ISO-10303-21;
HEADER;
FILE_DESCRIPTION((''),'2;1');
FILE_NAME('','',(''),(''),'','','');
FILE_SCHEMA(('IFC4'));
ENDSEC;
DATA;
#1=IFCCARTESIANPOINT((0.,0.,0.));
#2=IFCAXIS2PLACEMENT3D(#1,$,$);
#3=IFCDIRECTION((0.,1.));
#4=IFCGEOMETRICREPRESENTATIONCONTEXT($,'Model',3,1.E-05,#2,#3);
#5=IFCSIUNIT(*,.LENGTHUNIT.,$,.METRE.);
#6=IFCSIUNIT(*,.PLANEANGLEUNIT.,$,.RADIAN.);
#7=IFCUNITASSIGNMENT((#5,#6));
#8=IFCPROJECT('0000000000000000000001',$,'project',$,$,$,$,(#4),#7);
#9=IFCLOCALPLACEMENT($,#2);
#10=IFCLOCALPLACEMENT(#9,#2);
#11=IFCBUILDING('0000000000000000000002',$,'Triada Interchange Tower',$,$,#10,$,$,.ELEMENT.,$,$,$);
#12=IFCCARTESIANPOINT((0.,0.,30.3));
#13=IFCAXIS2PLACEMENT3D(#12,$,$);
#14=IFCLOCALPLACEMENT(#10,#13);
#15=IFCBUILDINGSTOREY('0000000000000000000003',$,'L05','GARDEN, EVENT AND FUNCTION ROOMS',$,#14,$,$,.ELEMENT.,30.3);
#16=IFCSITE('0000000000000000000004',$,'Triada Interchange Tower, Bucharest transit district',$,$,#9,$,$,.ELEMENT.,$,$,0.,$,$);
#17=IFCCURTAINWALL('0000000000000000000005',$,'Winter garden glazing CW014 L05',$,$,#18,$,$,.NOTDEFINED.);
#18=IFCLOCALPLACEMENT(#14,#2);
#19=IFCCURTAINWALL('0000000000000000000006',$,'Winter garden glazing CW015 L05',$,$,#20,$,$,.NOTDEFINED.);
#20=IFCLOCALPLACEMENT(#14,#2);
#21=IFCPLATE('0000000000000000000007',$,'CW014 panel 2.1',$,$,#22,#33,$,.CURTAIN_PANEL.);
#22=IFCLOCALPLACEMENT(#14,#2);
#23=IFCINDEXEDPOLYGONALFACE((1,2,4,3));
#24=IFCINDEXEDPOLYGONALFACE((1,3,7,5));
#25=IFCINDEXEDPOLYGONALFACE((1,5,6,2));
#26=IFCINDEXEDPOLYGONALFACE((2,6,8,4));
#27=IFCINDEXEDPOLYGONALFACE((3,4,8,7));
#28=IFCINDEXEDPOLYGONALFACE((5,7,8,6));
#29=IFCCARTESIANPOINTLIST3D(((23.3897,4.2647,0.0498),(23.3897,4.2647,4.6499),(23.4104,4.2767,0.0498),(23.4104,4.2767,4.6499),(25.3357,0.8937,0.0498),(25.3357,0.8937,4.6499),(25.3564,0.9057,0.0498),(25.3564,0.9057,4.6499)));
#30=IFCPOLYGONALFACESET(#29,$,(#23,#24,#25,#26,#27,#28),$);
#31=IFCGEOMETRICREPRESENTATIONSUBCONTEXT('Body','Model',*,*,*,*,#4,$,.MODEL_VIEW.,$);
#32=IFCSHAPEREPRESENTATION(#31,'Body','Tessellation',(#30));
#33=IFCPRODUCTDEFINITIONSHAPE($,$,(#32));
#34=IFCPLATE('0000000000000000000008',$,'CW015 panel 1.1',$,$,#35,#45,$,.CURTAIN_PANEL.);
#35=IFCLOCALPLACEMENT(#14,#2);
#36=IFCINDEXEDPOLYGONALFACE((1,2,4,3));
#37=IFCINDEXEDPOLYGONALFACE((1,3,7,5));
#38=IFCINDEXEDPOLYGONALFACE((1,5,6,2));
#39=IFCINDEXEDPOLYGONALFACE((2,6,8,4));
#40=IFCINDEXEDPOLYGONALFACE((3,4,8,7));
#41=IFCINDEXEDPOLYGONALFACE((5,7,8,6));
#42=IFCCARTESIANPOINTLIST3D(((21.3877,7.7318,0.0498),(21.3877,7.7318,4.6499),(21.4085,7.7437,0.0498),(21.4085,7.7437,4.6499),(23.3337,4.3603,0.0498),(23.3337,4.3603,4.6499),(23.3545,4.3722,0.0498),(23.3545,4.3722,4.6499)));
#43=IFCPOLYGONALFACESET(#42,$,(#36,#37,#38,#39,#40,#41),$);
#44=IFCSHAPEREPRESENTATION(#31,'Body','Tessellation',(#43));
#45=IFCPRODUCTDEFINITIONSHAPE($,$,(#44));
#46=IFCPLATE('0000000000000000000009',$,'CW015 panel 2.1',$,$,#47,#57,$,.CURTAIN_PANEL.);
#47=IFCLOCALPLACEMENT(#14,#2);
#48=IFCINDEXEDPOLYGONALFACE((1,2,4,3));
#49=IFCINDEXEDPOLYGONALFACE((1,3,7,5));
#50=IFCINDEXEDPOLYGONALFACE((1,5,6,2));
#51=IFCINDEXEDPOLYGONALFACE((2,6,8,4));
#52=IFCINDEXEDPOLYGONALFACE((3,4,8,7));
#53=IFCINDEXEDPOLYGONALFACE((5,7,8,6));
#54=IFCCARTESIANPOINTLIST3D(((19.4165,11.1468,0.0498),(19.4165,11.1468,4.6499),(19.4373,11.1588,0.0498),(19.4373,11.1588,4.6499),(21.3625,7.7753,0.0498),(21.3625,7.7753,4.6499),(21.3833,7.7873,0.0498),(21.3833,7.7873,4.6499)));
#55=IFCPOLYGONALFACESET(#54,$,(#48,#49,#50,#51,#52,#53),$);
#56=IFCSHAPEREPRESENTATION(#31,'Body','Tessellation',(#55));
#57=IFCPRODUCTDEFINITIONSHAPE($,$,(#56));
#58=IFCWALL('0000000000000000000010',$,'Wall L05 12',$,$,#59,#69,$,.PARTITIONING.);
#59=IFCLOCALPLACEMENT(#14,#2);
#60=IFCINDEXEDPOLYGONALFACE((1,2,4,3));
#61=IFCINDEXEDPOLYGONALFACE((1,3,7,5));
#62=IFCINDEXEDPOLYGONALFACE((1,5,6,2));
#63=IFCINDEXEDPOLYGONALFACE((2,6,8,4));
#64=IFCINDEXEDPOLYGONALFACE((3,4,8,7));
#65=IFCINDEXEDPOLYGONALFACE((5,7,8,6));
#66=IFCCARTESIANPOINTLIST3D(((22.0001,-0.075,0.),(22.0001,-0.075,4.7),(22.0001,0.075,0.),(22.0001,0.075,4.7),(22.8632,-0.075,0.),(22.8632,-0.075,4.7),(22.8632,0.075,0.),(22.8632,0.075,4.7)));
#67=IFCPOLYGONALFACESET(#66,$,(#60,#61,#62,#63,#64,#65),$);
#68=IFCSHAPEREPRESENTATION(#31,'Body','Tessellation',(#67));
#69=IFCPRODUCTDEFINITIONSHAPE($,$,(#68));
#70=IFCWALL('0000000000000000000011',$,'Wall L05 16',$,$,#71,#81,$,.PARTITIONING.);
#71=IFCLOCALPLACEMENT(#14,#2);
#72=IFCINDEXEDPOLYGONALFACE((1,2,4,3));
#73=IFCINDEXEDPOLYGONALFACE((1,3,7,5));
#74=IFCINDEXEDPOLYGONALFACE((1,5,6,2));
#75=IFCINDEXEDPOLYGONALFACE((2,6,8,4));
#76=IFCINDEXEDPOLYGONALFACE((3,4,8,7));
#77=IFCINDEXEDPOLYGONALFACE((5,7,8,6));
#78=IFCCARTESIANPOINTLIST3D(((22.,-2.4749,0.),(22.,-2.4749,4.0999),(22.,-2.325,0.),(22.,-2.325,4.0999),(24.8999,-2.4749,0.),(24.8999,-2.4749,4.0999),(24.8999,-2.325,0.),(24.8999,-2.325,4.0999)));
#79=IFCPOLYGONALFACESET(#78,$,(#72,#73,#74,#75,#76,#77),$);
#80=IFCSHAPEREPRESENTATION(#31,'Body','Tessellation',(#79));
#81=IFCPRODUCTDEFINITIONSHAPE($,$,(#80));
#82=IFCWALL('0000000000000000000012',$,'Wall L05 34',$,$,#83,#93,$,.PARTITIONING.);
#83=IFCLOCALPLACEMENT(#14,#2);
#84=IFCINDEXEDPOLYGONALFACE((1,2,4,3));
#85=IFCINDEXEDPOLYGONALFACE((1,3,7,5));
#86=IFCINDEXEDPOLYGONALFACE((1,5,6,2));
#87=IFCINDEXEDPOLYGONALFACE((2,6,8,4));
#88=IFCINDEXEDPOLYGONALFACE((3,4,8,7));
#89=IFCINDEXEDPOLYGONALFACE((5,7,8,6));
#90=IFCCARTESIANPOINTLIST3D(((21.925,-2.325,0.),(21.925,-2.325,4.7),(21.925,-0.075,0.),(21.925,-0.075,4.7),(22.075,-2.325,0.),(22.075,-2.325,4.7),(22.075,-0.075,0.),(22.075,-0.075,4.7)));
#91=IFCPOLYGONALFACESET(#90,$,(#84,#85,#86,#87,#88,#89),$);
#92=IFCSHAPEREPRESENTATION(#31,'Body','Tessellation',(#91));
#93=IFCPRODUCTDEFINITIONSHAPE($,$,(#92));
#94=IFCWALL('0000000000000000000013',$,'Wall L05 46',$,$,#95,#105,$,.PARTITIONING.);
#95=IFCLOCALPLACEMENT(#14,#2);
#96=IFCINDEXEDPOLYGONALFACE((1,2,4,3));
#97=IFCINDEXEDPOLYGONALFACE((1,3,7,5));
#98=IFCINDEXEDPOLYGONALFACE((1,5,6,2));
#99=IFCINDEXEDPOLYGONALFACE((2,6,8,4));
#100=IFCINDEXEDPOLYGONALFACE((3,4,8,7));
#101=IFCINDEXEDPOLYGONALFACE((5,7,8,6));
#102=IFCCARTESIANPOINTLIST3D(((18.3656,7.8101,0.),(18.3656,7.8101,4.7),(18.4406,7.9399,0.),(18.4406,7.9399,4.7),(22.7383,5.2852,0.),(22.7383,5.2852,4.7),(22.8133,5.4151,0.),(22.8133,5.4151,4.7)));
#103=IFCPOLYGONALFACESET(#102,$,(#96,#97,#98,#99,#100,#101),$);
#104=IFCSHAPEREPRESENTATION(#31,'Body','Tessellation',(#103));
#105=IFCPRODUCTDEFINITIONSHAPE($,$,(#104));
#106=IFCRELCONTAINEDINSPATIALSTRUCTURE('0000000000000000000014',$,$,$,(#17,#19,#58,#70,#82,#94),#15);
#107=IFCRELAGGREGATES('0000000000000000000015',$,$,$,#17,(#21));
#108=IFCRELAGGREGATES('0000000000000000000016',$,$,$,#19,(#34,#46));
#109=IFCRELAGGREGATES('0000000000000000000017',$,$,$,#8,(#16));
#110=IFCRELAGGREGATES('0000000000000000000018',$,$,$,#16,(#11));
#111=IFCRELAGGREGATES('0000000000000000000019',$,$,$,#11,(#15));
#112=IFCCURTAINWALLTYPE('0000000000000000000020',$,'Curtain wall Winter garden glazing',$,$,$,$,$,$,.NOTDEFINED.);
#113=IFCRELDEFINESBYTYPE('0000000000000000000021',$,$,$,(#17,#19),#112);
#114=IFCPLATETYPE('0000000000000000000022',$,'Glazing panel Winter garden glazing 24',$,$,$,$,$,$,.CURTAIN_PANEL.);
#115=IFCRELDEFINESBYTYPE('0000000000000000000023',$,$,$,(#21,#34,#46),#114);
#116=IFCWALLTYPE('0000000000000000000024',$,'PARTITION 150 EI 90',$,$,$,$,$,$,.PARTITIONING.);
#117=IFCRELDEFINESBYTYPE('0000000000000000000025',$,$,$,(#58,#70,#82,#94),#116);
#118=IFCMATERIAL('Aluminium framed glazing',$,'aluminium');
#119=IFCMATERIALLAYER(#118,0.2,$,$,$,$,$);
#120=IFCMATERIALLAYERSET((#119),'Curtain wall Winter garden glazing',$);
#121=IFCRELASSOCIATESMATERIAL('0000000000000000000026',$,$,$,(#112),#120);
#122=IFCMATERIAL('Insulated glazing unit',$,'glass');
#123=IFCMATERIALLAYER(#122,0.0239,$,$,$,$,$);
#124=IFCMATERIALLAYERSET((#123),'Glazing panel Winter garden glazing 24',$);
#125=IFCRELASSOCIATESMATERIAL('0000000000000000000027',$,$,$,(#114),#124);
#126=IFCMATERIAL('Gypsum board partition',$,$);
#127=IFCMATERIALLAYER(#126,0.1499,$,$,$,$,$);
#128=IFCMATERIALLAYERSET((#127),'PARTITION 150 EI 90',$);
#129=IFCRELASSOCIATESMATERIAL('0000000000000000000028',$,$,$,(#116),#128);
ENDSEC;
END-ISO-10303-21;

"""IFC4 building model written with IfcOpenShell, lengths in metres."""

from ifc_helpers import new_model, si_unit, direction, frame, frame_2d, origin, origin_2d, place, context, subcontext, project, spatial, rectangle, extrude, material, layer, layer_set, type_object, element, aggregate, save


model = new_model("IFC4")

# Units and contexts
model_context = context("Model", 3, precision=1e-05, world=origin(), true_north=direction((0.0, 1.0)))
body_context = subcontext(model_context, "Body", "Model", "MODEL_VIEW")
ifc_project = project(units=[si_unit("LENGTHUNIT", "METRE"), si_unit("PLANEANGLEUNIT", "RADIAN")], contexts=[model_context])

# Site, building, storey
site_placement = place(None, origin())
site = spatial("IfcSite", under=ifc_project, at=site_placement, Name="Triada Interchange Tower, Bucharest transit district", CompositionType="ELEMENT", RefElevation=0.0)
building_placement = place(site_placement, origin())
building = spatial("IfcBuilding", under=site, at=building_placement, Name="Triada Interchange Tower", CompositionType="ELEMENT")
storey_placement = place(building_placement, frame((0.0, 0.0, 30.3)))
storey = spatial("IfcBuildingStorey", under=building, at=storey_placement, Name="L05", Description="GARDEN, EVENT AND FUNCTION ROOMS", CompositionType="ELEMENT", Elevation=30.3)

# Shared definitions
ifc_material_1 = material(Name="Aluminium framed glazing", Category="aluminium")
ifc_layer_1 = layer(ifc_material_1, 0.2)
ifc_layer_set_1 = layer_set([ifc_layer_1], Name="Curtain wall Winter garden glazing")
curtain_wall_type = type_object("IfcCurtainWallType", Name="Curtain wall Winter garden glazing", PredefinedType="NOTDEFINED", material=ifc_layer_set_1)

# Curtain walls
curtain_wall_1_placement = place(storey_placement, origin())
curtain_wall_1 = element("IfcCurtainWall", 1, at=curtain_wall_1_placement, inside=storey, type_object=curtain_wall_type, Name="Winter garden glazing CW014 L05", PredefinedType="NOTDEFINED")
curtain_wall_2_placement = place(storey_placement, origin())
curtain_wall_2 = element("IfcCurtainWall", 2, at=curtain_wall_2_placement, inside=storey, type_object=curtain_wall_type, Name="Winter garden glazing CW015 L05", PredefinedType="NOTDEFINED")

# Plates
ifc_material_2 = material(Name="Insulated glazing unit", Category="glass")
ifc_layer_2 = layer(ifc_material_2, 0.0239)
ifc_layer_set_2 = layer_set([ifc_layer_2], Name="Glazing panel Winter garden glazing 24")
plate_type = type_object("IfcPlateType", Name="Glazing panel Winter garden glazing 24", PredefinedType="CURTAIN_PANEL", material=ifc_layer_set_2)
plate_1_placement = place(storey_placement, frame((24.373, 2.5852, 0.0498), z_axis=(0.0, 0.0, 1.0), x_axis=(-0.499948, 0.866055, 0.0)))
plate_1 = element("IfcPlate", 3, at=plate_1_placement, type_object=plate_type, Name="CW014 panel 2.1", PredefinedType="CURTAIN_PANEL", context=body_context, shape_type="SweptSolid", body=[
    extrude(rectangle(XDim=3.8923, YDim=0.0239, at=origin_2d()), origin(), (0.0, 0.0, 1.0), 4.6001),
])
aggregate(curtain_wall_1, [plate_1])
plate_2_placement = place(storey_placement, frame((22.3711, 6.052, 0.0498), z_axis=(0.0, 0.0, 1.0), x_axis=(-0.499893, 0.866087, 0.0)))
plate_2 = element("IfcPlate", 4, at=plate_2_placement, type_object=plate_type, Name="CW015 panel 1.1", PredefinedType="CURTAIN_PANEL", context=body_context, shape_type="SweptSolid", body=[
    extrude(rectangle(XDim=3.8928, YDim=0.0239, at=origin_2d()), origin(), (0.0, 0.0, 1.0), 4.6001),
])
plate_3_placement = place(storey_placement, frame((20.3999, 9.467, 0.0498), z_axis=(0.0, 0.0, 1.0), x_axis=(-0.499893, 0.866087, 0.0)))
plate_3 = element("IfcPlate", 5, at=plate_3_placement, type_object=plate_type, Name="CW015 panel 2.1", PredefinedType="CURTAIN_PANEL", context=body_context, shape_type="SweptSolid", body=[
    extrude(rectangle(XDim=3.8928, YDim=0.0239, at=origin_2d()), origin(), (0.0, 0.0, 1.0), 4.6001),
])
aggregate(curtain_wall_2, [plate_2, plate_3])

# Walls
ifc_material_3 = material(Name="Gypsum board partition")
ifc_layer_3 = layer(ifc_material_3, 0.1499)
ifc_layer_set_3 = layer_set([ifc_layer_3], Name="PARTITION 150 EI 90")
wall_type = type_object("IfcWallType", Name="PARTITION 150 EI 90", PredefinedType="PARTITIONING", material=ifc_layer_set_3)
wall_1_placement = place(storey_placement, frame((22.0, 0.0, 0.0), z_axis=(0.0, 0.0, 1.0), x_axis=(1.0, 0.0, 0.0)))
element("IfcWall", 6, at=wall_1_placement, inside=storey, type_object=wall_type, Name="Wall L05 12", PredefinedType="PARTITIONING", context=body_context, shape_type="SweptSolid", body=[
    extrude(rectangle(XDim=0.863, YDim=0.1499, at=frame_2d((0.4316, 0.0))), origin(), (0.0, 0.0, 1.0), 4.7),
])
wall_2_placement = place(storey_placement, frame((22.0, -2.3999, 0.0), z_axis=(0.0, 0.0, 1.0), x_axis=(1.0, 0.0, 0.0)))
element("IfcWall", 7, at=wall_2_placement, inside=storey, type_object=wall_type, Name="Wall L05 16", PredefinedType="PARTITIONING", context=body_context, shape_type="SweptSolid", body=[
    extrude(rectangle(XDim=2.8999, YDim=0.1499, at=frame_2d((1.45, 0.0))), origin(), (0.0, 0.0, 1.0), 4.0999),
])
wall_3_placement = place(storey_placement, frame((22.0, -2.325, 0.0), z_axis=(0.0, 0.0, 1.0), x_axis=(0.0, 1.0, 0.0)))
element("IfcWall", 8, at=wall_3_placement, inside=storey, type_object=wall_type, Name="Wall L05 34", PredefinedType="PARTITIONING", context=body_context, shape_type="SweptSolid", body=[
    extrude(rectangle(XDim=2.25, YDim=0.1499, at=frame_2d((1.125, 0.0))), origin(), (0.0, 0.0, 1.0), 4.7),
])
wall_4_placement = place(storey_placement, frame((18.4031, 7.875, 0.0), z_axis=(0.0, 0.0, 1.0), x_axis=(0.866003, -0.500039, 0.0)))
element("IfcWall", 9, at=wall_4_placement, inside=storey, type_object=wall_type, Name="Wall L05 46", PredefinedType="PARTITIONING", context=body_context, shape_type="SweptSolid", body=[
    extrude(rectangle(XDim=5.0493, YDim=0.1499, at=frame_2d((2.5247, 0.0))), origin(), (0.0, 0.0, 1.0), 4.7),
])

save(model, "model.ifc")
